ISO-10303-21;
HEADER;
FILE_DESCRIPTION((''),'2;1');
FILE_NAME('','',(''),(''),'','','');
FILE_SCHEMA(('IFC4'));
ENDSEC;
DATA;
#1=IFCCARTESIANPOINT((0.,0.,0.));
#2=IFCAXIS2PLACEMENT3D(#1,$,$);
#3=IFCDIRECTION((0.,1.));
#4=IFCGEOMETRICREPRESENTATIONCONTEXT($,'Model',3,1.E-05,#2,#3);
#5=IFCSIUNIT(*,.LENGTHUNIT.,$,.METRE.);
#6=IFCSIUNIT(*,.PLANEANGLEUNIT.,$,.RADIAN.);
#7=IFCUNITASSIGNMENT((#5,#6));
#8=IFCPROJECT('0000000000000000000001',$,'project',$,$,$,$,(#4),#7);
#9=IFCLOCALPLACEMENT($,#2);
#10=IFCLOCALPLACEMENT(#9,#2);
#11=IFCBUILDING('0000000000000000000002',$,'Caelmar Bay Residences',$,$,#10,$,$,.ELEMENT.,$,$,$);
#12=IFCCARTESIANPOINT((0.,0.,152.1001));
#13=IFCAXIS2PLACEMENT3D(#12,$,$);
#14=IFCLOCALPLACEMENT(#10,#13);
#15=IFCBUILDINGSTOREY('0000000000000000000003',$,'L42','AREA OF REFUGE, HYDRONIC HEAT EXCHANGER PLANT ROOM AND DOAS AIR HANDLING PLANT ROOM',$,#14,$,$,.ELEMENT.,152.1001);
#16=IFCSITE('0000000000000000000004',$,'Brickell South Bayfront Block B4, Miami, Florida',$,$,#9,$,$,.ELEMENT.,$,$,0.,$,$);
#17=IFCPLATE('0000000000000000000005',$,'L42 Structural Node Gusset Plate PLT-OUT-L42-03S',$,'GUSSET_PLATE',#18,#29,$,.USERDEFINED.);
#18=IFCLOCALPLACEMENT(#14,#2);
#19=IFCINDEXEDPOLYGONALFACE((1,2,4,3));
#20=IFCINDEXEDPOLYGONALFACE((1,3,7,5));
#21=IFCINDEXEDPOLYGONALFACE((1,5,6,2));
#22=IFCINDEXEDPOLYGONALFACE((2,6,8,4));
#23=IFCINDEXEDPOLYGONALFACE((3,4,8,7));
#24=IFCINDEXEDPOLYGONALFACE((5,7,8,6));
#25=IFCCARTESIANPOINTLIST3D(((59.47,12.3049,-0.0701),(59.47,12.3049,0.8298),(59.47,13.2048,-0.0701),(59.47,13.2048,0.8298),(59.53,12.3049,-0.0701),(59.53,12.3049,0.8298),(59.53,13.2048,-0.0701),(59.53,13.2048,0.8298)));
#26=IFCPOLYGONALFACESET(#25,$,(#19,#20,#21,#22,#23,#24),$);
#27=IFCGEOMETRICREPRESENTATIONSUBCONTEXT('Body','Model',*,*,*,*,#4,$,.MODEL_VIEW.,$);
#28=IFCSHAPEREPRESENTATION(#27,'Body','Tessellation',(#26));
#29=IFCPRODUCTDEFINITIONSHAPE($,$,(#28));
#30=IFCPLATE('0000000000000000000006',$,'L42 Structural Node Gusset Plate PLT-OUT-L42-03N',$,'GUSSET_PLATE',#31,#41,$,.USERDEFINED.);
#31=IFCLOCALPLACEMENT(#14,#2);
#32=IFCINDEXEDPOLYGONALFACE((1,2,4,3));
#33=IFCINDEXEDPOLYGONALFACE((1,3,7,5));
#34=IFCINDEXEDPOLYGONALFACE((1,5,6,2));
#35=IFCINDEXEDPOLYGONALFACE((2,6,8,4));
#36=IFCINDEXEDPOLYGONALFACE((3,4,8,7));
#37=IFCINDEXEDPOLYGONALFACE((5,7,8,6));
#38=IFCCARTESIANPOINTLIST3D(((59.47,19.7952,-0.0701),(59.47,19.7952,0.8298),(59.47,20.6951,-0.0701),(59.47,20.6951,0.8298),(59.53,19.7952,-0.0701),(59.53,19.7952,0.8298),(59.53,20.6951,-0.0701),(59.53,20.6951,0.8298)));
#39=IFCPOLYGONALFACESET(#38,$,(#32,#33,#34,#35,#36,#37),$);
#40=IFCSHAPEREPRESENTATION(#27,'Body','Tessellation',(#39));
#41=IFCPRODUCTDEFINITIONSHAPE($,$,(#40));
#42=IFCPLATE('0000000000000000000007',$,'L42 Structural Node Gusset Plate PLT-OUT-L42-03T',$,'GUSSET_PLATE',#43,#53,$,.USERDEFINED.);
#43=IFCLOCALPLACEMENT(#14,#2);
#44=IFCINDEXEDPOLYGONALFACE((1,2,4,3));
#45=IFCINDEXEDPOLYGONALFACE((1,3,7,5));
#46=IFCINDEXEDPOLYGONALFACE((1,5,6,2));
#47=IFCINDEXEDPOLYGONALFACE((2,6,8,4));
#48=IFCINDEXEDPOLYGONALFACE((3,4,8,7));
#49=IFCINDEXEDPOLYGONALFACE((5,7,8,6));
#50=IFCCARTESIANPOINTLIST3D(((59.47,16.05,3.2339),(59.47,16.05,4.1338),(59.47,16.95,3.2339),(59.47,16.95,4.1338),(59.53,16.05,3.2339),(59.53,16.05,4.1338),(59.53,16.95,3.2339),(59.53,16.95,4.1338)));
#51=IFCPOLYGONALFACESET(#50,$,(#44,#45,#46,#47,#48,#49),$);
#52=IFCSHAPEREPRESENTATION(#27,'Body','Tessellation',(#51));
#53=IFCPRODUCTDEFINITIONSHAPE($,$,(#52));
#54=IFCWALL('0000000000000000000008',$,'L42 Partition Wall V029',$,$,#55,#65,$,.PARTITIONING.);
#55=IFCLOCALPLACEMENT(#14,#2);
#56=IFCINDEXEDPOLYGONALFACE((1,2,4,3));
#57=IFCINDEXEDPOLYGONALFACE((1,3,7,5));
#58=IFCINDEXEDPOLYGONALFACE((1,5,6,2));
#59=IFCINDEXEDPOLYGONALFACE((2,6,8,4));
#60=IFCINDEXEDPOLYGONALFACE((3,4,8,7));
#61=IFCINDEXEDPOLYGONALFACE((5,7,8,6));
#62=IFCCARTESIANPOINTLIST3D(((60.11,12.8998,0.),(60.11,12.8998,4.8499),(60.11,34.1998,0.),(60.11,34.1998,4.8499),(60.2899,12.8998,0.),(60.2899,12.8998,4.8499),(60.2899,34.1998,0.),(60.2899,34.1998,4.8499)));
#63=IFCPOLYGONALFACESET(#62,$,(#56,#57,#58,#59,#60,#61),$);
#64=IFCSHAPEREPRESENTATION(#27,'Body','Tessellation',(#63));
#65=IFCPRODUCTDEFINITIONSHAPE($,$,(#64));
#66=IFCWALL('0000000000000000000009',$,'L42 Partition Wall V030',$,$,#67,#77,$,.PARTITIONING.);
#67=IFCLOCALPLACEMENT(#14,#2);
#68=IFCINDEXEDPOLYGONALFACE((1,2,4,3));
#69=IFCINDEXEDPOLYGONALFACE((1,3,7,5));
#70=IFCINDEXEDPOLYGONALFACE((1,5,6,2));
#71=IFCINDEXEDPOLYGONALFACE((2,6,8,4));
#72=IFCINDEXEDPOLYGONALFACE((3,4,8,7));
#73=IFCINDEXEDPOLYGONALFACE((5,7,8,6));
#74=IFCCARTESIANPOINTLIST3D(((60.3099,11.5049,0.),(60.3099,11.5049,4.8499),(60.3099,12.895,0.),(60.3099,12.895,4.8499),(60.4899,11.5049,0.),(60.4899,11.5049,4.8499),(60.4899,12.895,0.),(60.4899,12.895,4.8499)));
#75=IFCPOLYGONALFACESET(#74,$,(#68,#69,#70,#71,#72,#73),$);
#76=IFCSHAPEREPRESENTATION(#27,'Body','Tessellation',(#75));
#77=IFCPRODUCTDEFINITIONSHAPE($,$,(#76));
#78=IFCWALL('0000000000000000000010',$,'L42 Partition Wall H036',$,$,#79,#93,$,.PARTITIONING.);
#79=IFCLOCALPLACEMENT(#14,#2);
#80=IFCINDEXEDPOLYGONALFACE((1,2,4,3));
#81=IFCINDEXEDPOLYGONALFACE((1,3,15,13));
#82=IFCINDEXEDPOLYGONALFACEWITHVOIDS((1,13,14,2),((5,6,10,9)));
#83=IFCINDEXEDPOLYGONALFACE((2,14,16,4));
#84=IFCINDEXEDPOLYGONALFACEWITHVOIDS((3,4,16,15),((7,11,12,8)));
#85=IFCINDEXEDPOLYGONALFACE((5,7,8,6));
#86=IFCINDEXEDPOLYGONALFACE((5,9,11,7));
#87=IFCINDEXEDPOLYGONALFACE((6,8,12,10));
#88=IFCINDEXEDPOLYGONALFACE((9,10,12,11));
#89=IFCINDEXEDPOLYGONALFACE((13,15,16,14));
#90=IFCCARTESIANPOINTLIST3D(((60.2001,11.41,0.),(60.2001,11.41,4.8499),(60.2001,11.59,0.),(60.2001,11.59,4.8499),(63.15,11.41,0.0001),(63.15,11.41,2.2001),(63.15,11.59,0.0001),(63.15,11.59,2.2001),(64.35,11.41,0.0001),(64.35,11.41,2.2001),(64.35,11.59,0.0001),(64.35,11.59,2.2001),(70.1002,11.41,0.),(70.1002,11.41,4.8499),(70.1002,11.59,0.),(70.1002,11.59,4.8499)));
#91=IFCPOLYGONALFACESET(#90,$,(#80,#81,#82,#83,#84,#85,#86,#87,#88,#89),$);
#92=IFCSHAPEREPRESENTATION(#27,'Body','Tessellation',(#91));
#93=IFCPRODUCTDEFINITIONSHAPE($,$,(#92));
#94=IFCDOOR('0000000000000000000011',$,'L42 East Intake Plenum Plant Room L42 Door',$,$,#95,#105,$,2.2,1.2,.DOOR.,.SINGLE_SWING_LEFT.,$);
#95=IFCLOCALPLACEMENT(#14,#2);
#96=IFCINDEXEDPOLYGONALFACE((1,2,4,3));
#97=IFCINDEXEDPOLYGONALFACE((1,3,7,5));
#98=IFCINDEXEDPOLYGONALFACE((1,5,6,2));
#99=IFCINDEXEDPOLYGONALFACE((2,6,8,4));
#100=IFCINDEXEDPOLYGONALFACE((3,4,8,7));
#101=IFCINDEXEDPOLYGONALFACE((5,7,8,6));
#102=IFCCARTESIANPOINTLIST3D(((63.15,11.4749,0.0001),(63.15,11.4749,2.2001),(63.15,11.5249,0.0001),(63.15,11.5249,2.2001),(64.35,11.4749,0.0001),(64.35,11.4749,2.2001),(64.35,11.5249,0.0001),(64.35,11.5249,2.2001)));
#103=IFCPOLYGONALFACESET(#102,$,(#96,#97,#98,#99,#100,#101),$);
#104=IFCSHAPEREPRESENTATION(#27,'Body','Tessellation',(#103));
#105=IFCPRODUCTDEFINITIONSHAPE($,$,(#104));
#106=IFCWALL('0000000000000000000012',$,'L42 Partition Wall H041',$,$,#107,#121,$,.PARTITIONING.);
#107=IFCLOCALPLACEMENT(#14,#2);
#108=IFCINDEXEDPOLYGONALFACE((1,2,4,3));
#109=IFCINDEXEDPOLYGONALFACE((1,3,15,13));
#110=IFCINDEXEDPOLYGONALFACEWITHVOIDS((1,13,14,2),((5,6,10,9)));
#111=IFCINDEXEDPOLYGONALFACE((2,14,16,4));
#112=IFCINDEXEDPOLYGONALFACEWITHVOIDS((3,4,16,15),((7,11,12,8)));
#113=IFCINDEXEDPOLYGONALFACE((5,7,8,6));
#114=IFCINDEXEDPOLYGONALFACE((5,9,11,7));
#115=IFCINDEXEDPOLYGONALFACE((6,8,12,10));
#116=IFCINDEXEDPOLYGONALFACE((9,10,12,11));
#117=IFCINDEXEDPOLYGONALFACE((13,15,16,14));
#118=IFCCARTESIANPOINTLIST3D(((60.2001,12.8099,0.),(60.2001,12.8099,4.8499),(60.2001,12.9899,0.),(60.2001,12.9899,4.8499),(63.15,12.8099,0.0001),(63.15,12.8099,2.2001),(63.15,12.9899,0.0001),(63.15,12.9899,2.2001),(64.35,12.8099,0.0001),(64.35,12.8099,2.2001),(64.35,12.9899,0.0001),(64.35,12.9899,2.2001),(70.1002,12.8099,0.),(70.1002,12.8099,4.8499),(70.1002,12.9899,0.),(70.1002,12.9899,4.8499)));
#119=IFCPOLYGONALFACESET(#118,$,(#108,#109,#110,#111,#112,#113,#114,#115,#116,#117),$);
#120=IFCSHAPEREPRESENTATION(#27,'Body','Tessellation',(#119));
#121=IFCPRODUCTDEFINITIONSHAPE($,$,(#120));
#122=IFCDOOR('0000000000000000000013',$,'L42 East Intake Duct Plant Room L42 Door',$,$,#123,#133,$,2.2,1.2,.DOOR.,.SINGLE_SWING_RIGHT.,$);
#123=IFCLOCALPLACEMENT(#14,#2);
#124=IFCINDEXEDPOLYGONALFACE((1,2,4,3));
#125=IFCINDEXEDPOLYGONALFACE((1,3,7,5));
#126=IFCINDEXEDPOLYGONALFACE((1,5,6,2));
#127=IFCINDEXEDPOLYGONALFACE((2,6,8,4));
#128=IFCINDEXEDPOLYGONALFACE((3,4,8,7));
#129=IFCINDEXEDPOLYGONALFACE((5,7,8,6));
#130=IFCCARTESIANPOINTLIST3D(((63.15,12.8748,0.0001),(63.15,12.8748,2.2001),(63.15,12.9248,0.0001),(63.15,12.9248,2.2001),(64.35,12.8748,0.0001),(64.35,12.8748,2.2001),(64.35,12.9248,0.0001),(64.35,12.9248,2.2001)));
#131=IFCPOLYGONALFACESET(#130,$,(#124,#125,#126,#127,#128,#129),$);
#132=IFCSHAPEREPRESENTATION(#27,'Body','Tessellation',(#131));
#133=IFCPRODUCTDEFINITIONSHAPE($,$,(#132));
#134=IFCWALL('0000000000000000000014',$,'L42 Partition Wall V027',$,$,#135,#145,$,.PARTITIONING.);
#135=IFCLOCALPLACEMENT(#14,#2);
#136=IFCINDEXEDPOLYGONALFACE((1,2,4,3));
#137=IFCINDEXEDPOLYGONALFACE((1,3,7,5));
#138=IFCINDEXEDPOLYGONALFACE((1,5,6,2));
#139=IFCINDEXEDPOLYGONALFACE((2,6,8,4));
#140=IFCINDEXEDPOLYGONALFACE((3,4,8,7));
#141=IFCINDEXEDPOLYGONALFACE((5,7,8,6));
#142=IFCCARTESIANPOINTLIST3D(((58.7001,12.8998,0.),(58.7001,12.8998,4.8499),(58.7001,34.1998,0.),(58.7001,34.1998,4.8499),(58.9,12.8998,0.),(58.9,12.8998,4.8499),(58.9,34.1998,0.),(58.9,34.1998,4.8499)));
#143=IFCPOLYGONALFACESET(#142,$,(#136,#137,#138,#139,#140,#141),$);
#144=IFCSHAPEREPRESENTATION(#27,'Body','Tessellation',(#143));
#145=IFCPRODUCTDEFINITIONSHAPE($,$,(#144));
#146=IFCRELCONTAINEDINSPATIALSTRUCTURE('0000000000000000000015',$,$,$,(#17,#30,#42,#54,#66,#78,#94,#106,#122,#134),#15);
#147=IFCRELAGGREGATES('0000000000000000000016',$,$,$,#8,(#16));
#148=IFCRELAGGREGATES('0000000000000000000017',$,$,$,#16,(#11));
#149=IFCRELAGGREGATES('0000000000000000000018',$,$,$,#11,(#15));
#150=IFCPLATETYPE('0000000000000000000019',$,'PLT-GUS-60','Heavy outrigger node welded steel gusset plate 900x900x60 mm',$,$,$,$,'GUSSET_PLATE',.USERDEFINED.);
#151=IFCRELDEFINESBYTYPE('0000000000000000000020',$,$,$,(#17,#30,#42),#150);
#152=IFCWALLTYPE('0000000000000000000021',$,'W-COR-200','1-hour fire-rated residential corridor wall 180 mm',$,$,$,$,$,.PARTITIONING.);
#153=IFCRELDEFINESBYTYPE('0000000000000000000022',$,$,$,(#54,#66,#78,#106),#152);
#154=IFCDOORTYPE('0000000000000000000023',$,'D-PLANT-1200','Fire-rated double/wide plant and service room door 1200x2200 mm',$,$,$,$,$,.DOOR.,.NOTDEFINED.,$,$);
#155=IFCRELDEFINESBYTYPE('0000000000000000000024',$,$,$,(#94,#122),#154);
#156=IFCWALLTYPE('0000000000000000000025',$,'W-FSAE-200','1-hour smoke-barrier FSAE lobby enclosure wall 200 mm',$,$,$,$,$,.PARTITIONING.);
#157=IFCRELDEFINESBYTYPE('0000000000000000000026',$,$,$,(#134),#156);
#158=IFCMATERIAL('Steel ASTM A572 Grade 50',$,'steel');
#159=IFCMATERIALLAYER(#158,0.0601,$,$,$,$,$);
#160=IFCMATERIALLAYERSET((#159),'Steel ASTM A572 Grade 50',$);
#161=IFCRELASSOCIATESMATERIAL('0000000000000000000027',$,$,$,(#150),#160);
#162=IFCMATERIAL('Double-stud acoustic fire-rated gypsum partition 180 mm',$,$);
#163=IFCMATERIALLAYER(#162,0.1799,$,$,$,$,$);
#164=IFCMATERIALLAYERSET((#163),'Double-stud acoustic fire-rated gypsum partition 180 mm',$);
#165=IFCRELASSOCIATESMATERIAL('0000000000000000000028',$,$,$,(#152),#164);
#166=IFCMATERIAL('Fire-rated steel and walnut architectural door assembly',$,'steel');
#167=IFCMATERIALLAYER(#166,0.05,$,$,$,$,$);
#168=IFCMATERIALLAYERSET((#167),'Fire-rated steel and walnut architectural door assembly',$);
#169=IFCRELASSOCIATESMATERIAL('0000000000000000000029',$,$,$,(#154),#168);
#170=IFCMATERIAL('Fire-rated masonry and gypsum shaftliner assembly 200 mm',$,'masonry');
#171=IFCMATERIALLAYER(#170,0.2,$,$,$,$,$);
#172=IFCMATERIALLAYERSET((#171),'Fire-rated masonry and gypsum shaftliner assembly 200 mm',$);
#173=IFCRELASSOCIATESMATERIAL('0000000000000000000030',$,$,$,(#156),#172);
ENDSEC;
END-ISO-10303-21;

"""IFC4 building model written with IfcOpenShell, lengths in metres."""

from ifc_helpers import new_model, si_unit, direction, frame, frame_2d, origin, origin_2d, place, context, subcontext, project, spatial, rectangle, extrude, material, layer, layer_set, type_object, element, fill, save


model = new_model("IFC4")

# Units and contexts
model_context = context("Model", 3, precision=1e-05, world=origin(), true_north=direction((0.0, 1.0)))
body_context = subcontext(model_context, "Body", "Model", "MODEL_VIEW")
ifc_project = project(units=[si_unit("LENGTHUNIT", "METRE"), si_unit("PLANEANGLEUNIT", "RADIAN")], contexts=[model_context])

# Site, building, storey
site_placement = place(None, origin())
site = spatial("IfcSite", under=ifc_project, at=site_placement, Name="Brickell South Bayfront Block B4, Miami, Florida", CompositionType="ELEMENT", RefElevation=0.0)
building_placement = place(site_placement, origin())
building = spatial("IfcBuilding", under=site, at=building_placement, Name="Caelmar Bay Residences", CompositionType="ELEMENT")
storey_placement = place(building_placement, frame((0.0, 0.0, 152.1001)))
storey = spatial("IfcBuildingStorey", under=building, at=storey_placement, Name="L42", Description="AREA OF REFUGE, HYDRONIC HEAT EXCHANGER PLANT ROOM AND DOAS AIR HANDLING PLANT ROOM", CompositionType="ELEMENT", Elevation=152.1001)

# Plates
ifc_material_1 = material(Name="Steel ASTM A572 Grade 50", Category="steel")
ifc_layer_1 = layer(ifc_material_1, 0.0601)
ifc_layer_set_1 = layer_set([ifc_layer_1], Name="Steel ASTM A572 Grade 50")
plate_type_1 = type_object("IfcPlateType", Name="PLT-GUS-60", Description="Heavy outrigger node welded steel gusset plate 900x900x60 mm", ElementType="GUSSET_PLATE", PredefinedType="USERDEFINED", material=ifc_layer_set_1)
for number, where, z_axis, x_axis, name in (
    (1, (59.5, 12.7549, -0.0701), (0.0, 0.0, 1.0), (0.0, 1.0, 0.0), "L42 Structural Node Gusset Plate PLT-OUT-L42-03S"),
    (2, (59.5, 20.2451, -0.0701), (0.0, 0.0, 1.0), (0.0, 1.0, 0.0), "L42 Structural Node Gusset Plate PLT-OUT-L42-03N"),
    (3, (59.5, 16.5, 3.2339), (0.0, 0.0, 1.0), (0.0, 1.0, 0.0), "L42 Structural Node Gusset Plate PLT-OUT-L42-03T"),
):
    element("IfcPlate", number, at=place(storey_placement, frame(where, z_axis=z_axis, x_axis=x_axis)), inside=storey, type_object=plate_type_1, Name=name, ObjectType="GUSSET_PLATE", PredefinedType="USERDEFINED", context=body_context, shape_type="SweptSolid", body=[
        extrude(rectangle(XDim=0.8999, YDim=0.0601, at=origin_2d()), origin(), (0.0, 0.0, 1.0), 0.8999),
    ])

# Walls
ifc_material_2 = material(Name="Double-stud acoustic fire-rated gypsum partition 180 mm")
ifc_layer_2 = layer(ifc_material_2, 0.1799)
ifc_layer_set_2 = layer_set([ifc_layer_2], Name="Double-stud acoustic fire-rated gypsum partition 180 mm")
wall_type_1 = type_object("IfcWallType", Name="W-COR-200", Description="1-hour fire-rated residential corridor wall 180 mm", PredefinedType="PARTITIONING", material=ifc_layer_set_2)
wall_1_placement = place(storey_placement, frame((60.2, 12.8999, 0.0), z_axis=(0.0, 0.0, 1.0), x_axis=(0.0, 1.0, 0.0)))
element("IfcWall", 4, at=wall_1_placement, inside=storey, type_object=wall_type_1, Name="L42 Partition Wall V029", PredefinedType="PARTITIONING", context=body_context, shape_type="SweptSolid", body=[
    extrude(rectangle(XDim=21.3, YDim=0.1799, at=frame_2d((10.6499, 0.0))), origin(), (0.0, 0.0, 1.0), 4.8499),
])
wall_2_placement = place(storey_placement, frame((60.3999, 11.5049, 0.0), z_axis=(0.0, 0.0, 1.0), x_axis=(0.0, 1.0, 0.0)))
element("IfcWall", 5, at=wall_2_placement, inside=storey, type_object=wall_type_1, Name="L42 Partition Wall V030", PredefinedType="PARTITIONING", context=body_context, shape_type="SweptSolid", body=[
    extrude(rectangle(XDim=1.3901, YDim=0.1799, at=frame_2d((0.6951, 0.0))), origin(), (0.0, 0.0, 1.0), 4.8499),
])

# Walls, openings, doors
wall_3_placement = place(storey_placement, frame((60.2, 11.5, 0.0), z_axis=(0.0, 0.0, 1.0), x_axis=(1.0, 0.0, 0.0)))
wall_3 = element("IfcWall", 6, at=wall_3_placement, inside=storey, type_object=wall_type_1, Name="L42 Partition Wall H036", PredefinedType="PARTITIONING", context=body_context, shape_type="SweptSolid", body=[
    extrude(rectangle(XDim=9.9001, YDim=0.1799, at=frame_2d((4.9502, 0.0))), origin(), (0.0, 0.0, 1.0), 4.8499),
])
opening_1_placement = place(wall_3_placement, frame((2.95, 0.0, 0.0)))
opening_1 = element("IfcOpeningElement", 7, at=opening_1_placement, cuts=wall_3, PredefinedType="OPENING", context=body_context, shape_type="SweptSolid", body=[
    extrude(rectangle(XDim=1.2, YDim=2.2, at=frame_2d((0.6001, 1.1001))), frame((0.0, 0.0999, 0.0), z_axis=(0.0, -1.0, 0.0), x_axis=(1.0, 0.0, 0.0)), (0.0, 0.0, 1.0), 0.2),
])
ifc_material_3 = material(Name="Fire-rated steel and walnut architectural door assembly", Category="steel")
ifc_layer_3 = layer(ifc_material_3, 0.05)
ifc_layer_set_3 = layer_set([ifc_layer_3], Name="Fire-rated steel and walnut architectural door assembly")
door_type = type_object("IfcDoorType", Name="D-PLANT-1200", Description="Fire-rated double/wide plant and service room door 1200x2200 mm", OperationType="NOTDEFINED", PredefinedType="DOOR", material=ifc_layer_set_3)
door_1_placement = place(opening_1_placement, origin())
door_1 = element("IfcDoor", 8, at=door_1_placement, inside=storey, type_object=door_type, Name="L42 East Intake Plenum Plant Room L42 Door", OperationType="SINGLE_SWING_LEFT", OverallHeight=2.2, OverallWidth=1.2, PredefinedType="DOOR", context=body_context, shape_type="SweptSolid", body=[
    extrude(rectangle(XDim=1.2, YDim=2.2, at=frame_2d((0.6001, 1.1001))), frame((0.0, 0.0249, 0.0), z_axis=(0.0, -1.0, 0.0), x_axis=(1.0, 0.0, 0.0)), (0.0, 0.0, 1.0), 0.05),
])
fill(opening_1, door_1)
wall_4_placement = place(storey_placement, frame((60.2, 12.8999, 0.0), z_axis=(0.0, 0.0, 1.0), x_axis=(1.0, 0.0, 0.0)))
wall_4 = element("IfcWall", 9, at=wall_4_placement, inside=storey, type_object=wall_type_1, Name="L42 Partition Wall H041", PredefinedType="PARTITIONING", context=body_context, shape_type="SweptSolid", body=[
    extrude(rectangle(XDim=9.9001, YDim=0.1799, at=frame_2d((4.9502, 0.0))), origin(), (0.0, 0.0, 1.0), 4.8499),
])
opening_2_placement = place(wall_4_placement, frame((2.95, 0.0, 0.0)))
opening_2 = element("IfcOpeningElement", 10, at=opening_2_placement, cuts=wall_4, PredefinedType="OPENING", context=body_context, shape_type="SweptSolid", body=[
    extrude(rectangle(XDim=1.2, YDim=2.2, at=frame_2d((0.6001, 1.1001))), frame((0.0, 0.0999, 0.0), z_axis=(0.0, -1.0, 0.0), x_axis=(1.0, 0.0, 0.0)), (0.0, 0.0, 1.0), 0.2),
])
door_2_placement = place(opening_2_placement, origin())
door_2 = element("IfcDoor", 11, at=door_2_placement, inside=storey, type_object=door_type, Name="L42 East Intake Duct Plant Room L42 Door", OperationType="SINGLE_SWING_RIGHT", OverallHeight=2.2, OverallWidth=1.2, PredefinedType="DOOR", context=body_context, shape_type="SweptSolid", body=[
    extrude(rectangle(XDim=1.2, YDim=2.2, at=frame_2d((0.6001, 1.1001))), frame((0.0, 0.0249, 0.0), z_axis=(0.0, -1.0, 0.0), x_axis=(1.0, 0.0, 0.0)), (0.0, 0.0, 1.0), 0.05),
])
fill(opening_2, door_2)

# Wall
ifc_material_4 = material(Name="Fire-rated masonry and gypsum shaftliner assembly 200 mm", Category="masonry")
ifc_layer_4 = layer(ifc_material_4, 0.2)
ifc_layer_set_4 = layer_set([ifc_layer_4], Name="Fire-rated masonry and gypsum shaftliner assembly 200 mm")
wall_type_2 = type_object("IfcWallType", Name="W-FSAE-200", Description="1-hour smoke-barrier FSAE lobby enclosure wall 200 mm", PredefinedType="PARTITIONING", material=ifc_layer_set_4)
wall_5_placement = place(storey_placement, frame((58.8, 12.8999, 0.0), z_axis=(0.0, 0.0, 1.0), x_axis=(0.0, 1.0, 0.0)))
element("IfcWall", 12, at=wall_5_placement, inside=storey, type_object=wall_type_2, Name="L42 Partition Wall V027", PredefinedType="PARTITIONING", context=body_context, shape_type="SweptSolid", body=[
    extrude(rectangle(XDim=21.3, YDim=0.2, at=frame_2d((10.6499, 0.0))), origin(), (0.0, 0.0, 1.0), 4.8499),
])

save(model, "model.ifc")
